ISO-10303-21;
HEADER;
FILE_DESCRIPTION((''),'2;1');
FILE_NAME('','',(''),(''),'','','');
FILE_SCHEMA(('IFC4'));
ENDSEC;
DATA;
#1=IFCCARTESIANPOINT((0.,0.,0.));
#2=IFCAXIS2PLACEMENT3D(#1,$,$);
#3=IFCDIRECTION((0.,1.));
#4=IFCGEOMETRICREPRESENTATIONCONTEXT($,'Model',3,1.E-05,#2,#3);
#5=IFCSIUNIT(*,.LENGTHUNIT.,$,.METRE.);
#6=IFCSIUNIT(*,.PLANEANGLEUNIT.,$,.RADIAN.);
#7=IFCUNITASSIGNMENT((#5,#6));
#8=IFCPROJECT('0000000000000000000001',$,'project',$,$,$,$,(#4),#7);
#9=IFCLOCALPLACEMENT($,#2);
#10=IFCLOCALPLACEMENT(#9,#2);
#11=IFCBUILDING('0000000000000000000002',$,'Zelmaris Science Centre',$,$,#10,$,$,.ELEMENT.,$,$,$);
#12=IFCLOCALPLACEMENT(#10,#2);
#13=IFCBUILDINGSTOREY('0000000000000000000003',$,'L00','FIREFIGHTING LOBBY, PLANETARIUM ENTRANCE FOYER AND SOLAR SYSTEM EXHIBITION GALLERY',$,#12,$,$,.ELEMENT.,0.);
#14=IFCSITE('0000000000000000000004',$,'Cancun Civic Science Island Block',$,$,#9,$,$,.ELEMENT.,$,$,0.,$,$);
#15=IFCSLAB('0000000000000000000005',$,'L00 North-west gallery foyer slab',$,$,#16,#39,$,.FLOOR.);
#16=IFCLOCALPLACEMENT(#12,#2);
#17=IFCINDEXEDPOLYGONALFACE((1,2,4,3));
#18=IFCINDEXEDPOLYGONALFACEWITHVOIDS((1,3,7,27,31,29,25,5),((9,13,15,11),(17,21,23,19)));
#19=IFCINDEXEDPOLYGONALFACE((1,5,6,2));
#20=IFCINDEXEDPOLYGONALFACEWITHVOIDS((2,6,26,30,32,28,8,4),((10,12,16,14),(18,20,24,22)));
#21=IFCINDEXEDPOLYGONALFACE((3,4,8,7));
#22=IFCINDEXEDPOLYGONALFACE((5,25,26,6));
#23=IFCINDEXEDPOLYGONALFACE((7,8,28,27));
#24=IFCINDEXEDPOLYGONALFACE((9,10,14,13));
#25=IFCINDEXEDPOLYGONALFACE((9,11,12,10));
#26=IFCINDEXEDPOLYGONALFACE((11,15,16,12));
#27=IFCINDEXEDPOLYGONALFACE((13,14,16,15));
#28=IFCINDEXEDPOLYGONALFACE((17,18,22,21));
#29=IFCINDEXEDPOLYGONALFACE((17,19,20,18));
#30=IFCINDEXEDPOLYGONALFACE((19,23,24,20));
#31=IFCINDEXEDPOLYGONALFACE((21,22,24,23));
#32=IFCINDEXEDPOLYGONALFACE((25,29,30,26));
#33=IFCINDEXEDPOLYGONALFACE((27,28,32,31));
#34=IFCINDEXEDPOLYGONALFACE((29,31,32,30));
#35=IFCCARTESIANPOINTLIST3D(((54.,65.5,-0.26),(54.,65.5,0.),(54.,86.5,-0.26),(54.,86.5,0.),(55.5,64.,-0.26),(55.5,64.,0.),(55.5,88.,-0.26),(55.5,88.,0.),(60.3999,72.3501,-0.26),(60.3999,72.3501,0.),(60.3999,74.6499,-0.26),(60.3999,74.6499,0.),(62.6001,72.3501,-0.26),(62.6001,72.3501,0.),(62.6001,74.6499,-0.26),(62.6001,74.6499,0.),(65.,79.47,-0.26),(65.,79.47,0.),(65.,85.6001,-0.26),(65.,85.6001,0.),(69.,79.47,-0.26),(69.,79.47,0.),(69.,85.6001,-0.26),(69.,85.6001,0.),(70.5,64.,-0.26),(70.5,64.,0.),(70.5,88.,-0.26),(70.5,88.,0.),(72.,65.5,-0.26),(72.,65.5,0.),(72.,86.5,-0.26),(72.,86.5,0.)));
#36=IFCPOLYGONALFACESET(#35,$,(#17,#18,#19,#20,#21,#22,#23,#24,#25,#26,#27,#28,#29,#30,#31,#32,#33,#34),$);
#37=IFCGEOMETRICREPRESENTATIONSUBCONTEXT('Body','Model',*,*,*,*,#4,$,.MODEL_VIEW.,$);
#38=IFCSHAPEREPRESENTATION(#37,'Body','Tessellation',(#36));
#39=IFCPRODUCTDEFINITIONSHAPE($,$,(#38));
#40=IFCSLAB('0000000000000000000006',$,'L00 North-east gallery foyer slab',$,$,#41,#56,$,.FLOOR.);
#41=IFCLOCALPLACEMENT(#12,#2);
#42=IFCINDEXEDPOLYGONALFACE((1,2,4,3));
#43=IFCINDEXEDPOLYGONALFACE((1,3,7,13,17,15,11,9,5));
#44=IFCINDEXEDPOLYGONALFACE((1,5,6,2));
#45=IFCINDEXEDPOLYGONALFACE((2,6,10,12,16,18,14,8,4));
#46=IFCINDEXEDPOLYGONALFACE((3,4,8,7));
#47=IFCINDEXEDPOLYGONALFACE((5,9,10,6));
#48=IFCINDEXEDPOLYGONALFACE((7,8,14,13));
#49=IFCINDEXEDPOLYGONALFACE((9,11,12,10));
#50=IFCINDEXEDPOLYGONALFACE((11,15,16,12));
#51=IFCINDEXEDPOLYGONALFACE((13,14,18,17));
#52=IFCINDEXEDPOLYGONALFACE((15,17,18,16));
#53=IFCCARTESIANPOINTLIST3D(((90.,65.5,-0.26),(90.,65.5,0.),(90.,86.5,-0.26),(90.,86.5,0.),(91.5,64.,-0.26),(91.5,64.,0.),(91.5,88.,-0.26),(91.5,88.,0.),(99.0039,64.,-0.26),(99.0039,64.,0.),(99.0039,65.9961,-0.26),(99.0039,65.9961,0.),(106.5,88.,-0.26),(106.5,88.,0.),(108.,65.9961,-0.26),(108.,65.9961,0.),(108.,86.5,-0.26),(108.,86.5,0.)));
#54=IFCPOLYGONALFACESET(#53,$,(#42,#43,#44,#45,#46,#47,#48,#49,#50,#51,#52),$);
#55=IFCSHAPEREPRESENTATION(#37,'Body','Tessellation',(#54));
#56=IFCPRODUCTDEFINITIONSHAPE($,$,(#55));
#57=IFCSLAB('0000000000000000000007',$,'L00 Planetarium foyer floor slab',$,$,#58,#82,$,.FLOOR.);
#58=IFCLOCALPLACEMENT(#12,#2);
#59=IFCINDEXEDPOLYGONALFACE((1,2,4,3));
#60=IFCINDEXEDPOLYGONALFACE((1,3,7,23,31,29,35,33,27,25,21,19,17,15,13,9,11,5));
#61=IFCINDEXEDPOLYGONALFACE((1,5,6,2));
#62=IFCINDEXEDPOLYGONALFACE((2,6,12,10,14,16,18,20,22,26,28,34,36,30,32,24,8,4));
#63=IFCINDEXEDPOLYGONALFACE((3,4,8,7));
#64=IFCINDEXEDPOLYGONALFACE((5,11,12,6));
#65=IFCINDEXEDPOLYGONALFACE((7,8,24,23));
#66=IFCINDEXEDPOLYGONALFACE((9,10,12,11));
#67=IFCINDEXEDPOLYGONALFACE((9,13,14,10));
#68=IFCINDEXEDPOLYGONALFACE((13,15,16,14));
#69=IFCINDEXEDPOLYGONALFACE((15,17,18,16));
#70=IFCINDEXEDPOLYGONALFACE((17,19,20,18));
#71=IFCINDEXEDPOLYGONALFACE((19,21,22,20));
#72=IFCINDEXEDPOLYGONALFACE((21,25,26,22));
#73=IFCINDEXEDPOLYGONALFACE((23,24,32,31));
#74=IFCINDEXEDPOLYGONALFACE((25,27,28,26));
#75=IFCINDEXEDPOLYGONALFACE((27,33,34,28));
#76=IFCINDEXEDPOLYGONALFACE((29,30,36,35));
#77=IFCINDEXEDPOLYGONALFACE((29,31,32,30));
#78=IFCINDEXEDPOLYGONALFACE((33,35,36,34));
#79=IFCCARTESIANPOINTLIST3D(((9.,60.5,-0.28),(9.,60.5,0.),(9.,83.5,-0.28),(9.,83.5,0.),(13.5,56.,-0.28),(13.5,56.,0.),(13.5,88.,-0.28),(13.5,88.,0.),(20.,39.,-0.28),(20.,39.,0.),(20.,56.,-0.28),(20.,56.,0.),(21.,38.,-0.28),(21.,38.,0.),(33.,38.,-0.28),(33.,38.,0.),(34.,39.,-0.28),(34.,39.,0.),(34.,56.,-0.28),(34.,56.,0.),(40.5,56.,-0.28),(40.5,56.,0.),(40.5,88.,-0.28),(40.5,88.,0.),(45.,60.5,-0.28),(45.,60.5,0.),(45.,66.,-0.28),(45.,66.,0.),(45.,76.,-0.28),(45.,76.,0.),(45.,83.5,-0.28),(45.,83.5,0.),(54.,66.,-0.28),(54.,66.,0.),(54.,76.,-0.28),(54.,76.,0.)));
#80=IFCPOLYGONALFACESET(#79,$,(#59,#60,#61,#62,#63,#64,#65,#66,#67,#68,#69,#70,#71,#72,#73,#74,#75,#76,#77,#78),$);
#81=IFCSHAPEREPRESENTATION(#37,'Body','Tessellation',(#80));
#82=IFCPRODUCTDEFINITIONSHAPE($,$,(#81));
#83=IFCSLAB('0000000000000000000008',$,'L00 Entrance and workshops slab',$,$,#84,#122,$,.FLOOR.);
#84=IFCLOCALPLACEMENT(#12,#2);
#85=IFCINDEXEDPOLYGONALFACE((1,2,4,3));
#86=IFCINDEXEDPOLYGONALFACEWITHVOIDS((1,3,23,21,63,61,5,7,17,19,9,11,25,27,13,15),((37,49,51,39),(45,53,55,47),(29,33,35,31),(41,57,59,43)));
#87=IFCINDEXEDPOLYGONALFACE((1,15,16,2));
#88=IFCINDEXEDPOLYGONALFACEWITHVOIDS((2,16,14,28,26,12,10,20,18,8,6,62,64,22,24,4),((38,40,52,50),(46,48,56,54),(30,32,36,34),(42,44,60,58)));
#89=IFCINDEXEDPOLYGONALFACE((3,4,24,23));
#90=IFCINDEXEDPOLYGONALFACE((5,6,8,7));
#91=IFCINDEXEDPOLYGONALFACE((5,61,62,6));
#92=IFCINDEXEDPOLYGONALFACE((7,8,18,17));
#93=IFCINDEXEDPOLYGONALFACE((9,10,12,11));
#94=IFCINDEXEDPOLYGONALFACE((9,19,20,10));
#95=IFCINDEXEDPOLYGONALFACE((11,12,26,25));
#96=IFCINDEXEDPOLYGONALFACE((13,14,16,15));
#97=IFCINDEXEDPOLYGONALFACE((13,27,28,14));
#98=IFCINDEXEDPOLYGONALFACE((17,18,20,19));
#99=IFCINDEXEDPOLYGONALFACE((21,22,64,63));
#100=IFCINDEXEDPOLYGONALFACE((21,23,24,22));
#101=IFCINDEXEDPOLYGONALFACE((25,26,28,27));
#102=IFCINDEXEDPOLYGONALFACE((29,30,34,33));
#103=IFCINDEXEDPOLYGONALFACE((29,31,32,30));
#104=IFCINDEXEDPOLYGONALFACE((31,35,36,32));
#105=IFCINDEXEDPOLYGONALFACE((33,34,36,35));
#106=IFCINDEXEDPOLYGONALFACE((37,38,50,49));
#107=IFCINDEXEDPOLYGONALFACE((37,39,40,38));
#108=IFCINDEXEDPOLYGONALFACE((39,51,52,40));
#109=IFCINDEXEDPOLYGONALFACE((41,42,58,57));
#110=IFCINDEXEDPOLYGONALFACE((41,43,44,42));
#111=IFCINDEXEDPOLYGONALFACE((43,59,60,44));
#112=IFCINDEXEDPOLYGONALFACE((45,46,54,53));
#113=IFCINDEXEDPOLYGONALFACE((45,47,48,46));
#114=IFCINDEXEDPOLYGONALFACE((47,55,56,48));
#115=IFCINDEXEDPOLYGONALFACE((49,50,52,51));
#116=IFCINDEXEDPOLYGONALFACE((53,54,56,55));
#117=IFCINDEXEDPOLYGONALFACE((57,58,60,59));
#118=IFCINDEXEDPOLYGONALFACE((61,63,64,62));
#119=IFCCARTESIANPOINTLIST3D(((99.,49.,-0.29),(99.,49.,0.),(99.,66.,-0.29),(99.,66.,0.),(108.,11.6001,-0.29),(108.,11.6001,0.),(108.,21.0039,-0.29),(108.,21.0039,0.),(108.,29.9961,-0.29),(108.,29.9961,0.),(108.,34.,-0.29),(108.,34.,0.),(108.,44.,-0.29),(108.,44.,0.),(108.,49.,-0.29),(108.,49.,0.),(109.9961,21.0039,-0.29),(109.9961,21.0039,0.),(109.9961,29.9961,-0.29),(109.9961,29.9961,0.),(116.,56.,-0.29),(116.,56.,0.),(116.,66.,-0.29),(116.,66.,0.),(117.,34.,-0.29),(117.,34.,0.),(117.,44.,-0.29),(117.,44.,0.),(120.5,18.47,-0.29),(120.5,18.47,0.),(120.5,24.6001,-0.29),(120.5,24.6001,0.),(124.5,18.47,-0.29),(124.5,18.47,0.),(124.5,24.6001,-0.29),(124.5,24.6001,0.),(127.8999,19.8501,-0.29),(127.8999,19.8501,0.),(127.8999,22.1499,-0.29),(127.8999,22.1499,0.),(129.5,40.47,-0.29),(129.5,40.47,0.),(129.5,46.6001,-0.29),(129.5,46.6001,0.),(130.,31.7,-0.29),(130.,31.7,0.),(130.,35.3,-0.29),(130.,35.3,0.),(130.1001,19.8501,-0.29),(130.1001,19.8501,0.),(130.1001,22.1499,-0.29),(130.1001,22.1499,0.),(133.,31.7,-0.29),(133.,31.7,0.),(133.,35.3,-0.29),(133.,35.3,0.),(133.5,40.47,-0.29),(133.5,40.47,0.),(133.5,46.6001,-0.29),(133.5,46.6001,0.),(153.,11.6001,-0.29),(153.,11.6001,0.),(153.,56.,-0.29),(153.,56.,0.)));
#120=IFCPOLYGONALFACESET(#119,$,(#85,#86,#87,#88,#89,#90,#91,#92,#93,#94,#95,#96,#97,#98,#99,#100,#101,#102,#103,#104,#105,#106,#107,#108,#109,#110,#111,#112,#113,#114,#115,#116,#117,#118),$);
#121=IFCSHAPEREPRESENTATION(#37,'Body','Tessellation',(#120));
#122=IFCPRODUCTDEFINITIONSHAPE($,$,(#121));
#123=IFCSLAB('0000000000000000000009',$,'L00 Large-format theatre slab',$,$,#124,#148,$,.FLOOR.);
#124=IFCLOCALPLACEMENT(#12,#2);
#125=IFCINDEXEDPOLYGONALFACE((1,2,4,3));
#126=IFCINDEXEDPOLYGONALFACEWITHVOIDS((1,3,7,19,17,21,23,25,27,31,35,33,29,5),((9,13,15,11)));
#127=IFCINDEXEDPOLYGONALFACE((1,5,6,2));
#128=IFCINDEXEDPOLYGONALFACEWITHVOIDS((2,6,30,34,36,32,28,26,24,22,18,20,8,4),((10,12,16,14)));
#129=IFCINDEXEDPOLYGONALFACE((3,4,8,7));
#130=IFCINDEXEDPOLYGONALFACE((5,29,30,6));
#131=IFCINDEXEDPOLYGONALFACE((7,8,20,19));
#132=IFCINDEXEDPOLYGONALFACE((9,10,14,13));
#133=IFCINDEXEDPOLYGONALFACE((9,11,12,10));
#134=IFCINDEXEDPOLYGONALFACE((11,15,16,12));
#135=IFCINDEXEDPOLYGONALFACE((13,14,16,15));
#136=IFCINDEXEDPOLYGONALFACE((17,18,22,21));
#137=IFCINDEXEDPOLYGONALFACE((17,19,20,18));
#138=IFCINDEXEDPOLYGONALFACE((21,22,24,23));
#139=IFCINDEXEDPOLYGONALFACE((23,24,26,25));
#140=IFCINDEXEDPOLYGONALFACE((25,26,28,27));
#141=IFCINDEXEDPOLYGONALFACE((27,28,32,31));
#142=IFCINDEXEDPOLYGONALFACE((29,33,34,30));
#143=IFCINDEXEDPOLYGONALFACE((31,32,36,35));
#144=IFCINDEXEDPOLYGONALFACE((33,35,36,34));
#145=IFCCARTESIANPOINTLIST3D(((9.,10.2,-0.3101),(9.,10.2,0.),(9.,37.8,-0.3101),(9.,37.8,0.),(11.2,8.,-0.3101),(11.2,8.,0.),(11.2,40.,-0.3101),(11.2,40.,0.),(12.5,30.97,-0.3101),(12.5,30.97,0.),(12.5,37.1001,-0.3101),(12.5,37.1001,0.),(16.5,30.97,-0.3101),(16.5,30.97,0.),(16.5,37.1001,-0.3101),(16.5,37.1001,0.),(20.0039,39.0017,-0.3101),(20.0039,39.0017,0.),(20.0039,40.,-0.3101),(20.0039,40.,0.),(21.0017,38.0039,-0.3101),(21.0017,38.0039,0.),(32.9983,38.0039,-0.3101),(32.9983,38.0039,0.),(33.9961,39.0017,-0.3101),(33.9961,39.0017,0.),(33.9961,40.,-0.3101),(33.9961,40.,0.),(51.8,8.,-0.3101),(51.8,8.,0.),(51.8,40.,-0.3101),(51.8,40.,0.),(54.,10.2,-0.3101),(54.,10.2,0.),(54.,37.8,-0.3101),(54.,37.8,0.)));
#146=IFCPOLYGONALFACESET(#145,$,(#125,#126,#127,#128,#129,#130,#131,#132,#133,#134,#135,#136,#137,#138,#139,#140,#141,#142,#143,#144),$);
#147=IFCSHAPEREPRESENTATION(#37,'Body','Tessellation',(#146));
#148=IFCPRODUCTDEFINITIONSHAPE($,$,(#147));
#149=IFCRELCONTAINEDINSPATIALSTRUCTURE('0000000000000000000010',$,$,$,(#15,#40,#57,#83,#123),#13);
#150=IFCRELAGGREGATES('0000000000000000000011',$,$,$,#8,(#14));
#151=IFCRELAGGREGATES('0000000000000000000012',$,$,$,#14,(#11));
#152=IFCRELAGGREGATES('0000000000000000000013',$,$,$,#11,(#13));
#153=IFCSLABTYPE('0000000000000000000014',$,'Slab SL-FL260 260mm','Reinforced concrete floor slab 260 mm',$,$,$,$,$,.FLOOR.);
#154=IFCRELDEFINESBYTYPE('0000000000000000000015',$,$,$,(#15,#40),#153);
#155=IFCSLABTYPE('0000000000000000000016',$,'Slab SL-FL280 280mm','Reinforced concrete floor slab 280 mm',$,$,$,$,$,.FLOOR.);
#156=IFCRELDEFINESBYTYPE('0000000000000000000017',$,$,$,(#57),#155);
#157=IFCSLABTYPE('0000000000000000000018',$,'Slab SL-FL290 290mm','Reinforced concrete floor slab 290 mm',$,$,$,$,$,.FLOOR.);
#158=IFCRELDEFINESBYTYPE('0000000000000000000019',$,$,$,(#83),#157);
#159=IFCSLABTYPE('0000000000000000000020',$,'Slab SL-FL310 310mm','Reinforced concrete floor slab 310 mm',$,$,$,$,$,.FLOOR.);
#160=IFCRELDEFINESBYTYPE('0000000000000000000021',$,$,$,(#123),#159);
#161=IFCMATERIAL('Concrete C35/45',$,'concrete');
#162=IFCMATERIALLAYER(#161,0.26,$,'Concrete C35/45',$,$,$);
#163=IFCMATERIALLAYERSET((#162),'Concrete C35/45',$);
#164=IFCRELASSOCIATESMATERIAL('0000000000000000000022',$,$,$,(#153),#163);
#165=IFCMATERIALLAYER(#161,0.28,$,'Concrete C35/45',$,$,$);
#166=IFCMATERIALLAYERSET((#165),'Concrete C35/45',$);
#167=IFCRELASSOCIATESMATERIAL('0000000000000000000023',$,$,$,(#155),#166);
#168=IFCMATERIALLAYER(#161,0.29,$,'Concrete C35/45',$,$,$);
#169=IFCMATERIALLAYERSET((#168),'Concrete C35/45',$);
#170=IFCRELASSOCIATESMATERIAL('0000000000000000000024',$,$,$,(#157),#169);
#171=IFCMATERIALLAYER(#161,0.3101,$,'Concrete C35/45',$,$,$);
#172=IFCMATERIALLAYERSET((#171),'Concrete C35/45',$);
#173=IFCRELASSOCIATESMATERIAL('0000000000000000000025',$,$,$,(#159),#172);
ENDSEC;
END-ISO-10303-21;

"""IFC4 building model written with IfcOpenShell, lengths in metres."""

from ifc_helpers import new_model, si_unit, direction, frame, origin, place, context, subcontext, project, spatial, polyline, outline, extrude, material, layer, layer_set, type_object, element, save


model = new_model("IFC4")

# Units and contexts
model_context = context("Model", 3, precision=1e-05, world=origin(), true_north=direction((0.0, 1.0)))
body_context = subcontext(model_context, "Body", "Model", "MODEL_VIEW")
ifc_project = project(units=[si_unit("LENGTHUNIT", "METRE"), si_unit("PLANEANGLEUNIT", "RADIAN")], contexts=[model_context])

# Site, building, storey
site_placement = place(None, origin())
site = spatial("IfcSite", under=ifc_project, at=site_placement, Name="Cancun Civic Science Island Block", CompositionType="ELEMENT", RefElevation=0.0)
building_placement = place(site_placement, origin())
building = spatial("IfcBuilding", under=site, at=building_placement, Name="Zelmaris Science Centre", CompositionType="ELEMENT")
storey_placement = place(building_placement, origin())
storey = spatial("IfcBuildingStorey", under=building, at=storey_placement, Name="L00", Description="FIREFIGHTING LOBBY, PLANETARIUM ENTRANCE FOYER AND SOLAR SYSTEM EXHIBITION GALLERY", CompositionType="ELEMENT", Elevation=0.0)

# Slabs
ifc_material_1 = material(Name="Concrete C35/45", Category="concrete")
ifc_layer_1 = layer(ifc_material_1, 0.26, Name="Concrete C35/45")
ifc_layer_set_1 = layer_set([ifc_layer_1], Name="Concrete C35/45")
slab_type_1 = type_object("IfcSlabType", Name="Slab SL-FL260 260mm", Description="Reinforced concrete floor slab 260 mm", PredefinedType="FLOOR", material=ifc_layer_set_1)
slab_1_placement = place(storey_placement, frame((0.0, 0.0, -0.26)))
element("IfcSlab", 1, at=slab_1_placement, inside=storey, type_object=slab_type_1, Name="L00 North-west gallery foyer slab", PredefinedType="FLOOR", context=body_context, shape_type="SweptSolid", body=[
    extrude(outline(polyline([(54.0, 65.5), (54.0, 86.5), (55.5, 88.0), (70.5, 88.0), (72.0, 86.5), (72.0, 65.5), (70.5, 64.0), (55.5, 64.0), (54.0, 65.5)]), holes=[polyline([(69.0, 79.47), (69.0, 85.6001), (65.0, 85.6001), (65.0, 79.47), (69.0, 79.47)]), polyline([(60.3999, 72.3501), (62.6001, 72.3501), (62.6001, 74.6499), (60.3999, 74.6499), (60.3999, 72.3501)])]), origin(), (0.0, 0.0, 1.0), 0.26),
])
slab_2_placement = place(storey_placement, frame((0.0, 0.0, -0.26)))
element("IfcSlab", 2, at=slab_2_placement, inside=storey, type_object=slab_type_1, Name="L00 North-east gallery foyer slab", PredefinedType="FLOOR", context=body_context, shape_type="SweptSolid", body=[
    extrude(outline(polyline([(91.5, 64.0), (90.0, 65.5), (90.0, 86.5), (91.5, 88.0), (106.5, 88.0), (108.0, 86.5), (108.0, 65.9961), (99.0039, 65.9961), (99.0039, 64.0), (91.5, 64.0)])), origin(), (0.0, 0.0, 1.0), 0.26),
])
ifc_layer_2 = layer(ifc_material_1, 0.28, Name="Concrete C35/45")
ifc_layer_set_2 = layer_set([ifc_layer_2], Name="Concrete C35/45")
slab_type_2 = type_object("IfcSlabType", Name="Slab SL-FL280 280mm", Description="Reinforced concrete floor slab 280 mm", PredefinedType="FLOOR", material=ifc_layer_set_2)
slab_3_placement = place(storey_placement, frame((0.0, 0.0, -0.28)))
element("IfcSlab", 3, at=slab_3_placement, inside=storey, type_object=slab_type_2, Name="L00 Planetarium foyer floor slab", PredefinedType="FLOOR", context=body_context, shape_type="SweptSolid", body=[
    extrude(outline(polyline([(9.0, 83.5), (13.5, 88.0), (40.5, 88.0), (45.0, 83.5), (45.0, 76.0), (54.0, 76.0), (54.0, 66.0), (45.0, 66.0), (45.0, 60.5), (40.5, 56.0), (34.0, 56.0), (34.0, 39.0), (33.0, 38.0), (21.0, 38.0), (20.0, 39.0), (20.0, 56.0), (13.5, 56.0), (9.0, 60.5), (9.0, 83.5)])), origin(), (0.0, 0.0, 1.0), 0.28),
])
ifc_layer_3 = layer(ifc_material_1, 0.29, Name="Concrete C35/45")
ifc_layer_set_3 = layer_set([ifc_layer_3], Name="Concrete C35/45")
slab_type_3 = type_object("IfcSlabType", Name="Slab SL-FL290 290mm", Description="Reinforced concrete floor slab 290 mm", PredefinedType="FLOOR", material=ifc_layer_set_3)
slab_4_placement = place(storey_placement, frame((0.0, 0.0, -0.29)))
element("IfcSlab", 4, at=slab_4_placement, inside=storey, type_object=slab_type_3, Name="L00 Entrance and workshops slab", PredefinedType="FLOOR", context=body_context, shape_type="SweptSolid", body=[
    extrude(outline(polyline([(153.0, 11.6001), (108.0, 11.6001), (108.0, 21.0039), (109.9961, 21.0039), (109.9961, 29.9961), (108.0, 29.9961), (108.0, 34.0), (117.0, 34.0), (117.0, 44.0), (108.0, 44.0), (108.0, 49.0), (99.0, 49.0), (99.0, 66.0), (116.0, 66.0), (116.0, 56.0), (153.0, 56.0), (153.0, 11.6001)]), holes=[polyline([(124.5, 18.47), (124.5, 24.6001), (120.5, 24.6001), (120.5, 18.47), (124.5, 18.47)]), polyline([(133.5, 40.47), (133.5, 46.6001), (129.5, 46.6001), (129.5, 40.47), (133.5, 40.47)]), polyline([(127.8999, 19.8501), (130.1001, 19.8501), (130.1001, 22.1499), (127.8999, 22.1499), (127.8999, 19.8501)]), polyline([(130.0, 31.7), (133.0, 31.7), (133.0, 35.3), (130.0, 35.3), (130.0, 31.7)])]), origin(), (0.0, 0.0, 1.0), 0.29),
])
ifc_layer_4 = layer(ifc_material_1, 0.3101, Name="Concrete C35/45")
ifc_layer_set_4 = layer_set([ifc_layer_4], Name="Concrete C35/45")
slab_type_4 = type_object("IfcSlabType", Name="Slab SL-FL310 310mm", Description="Reinforced concrete floor slab 310 mm", PredefinedType="FLOOR", material=ifc_layer_set_4)
slab_5_placement = place(storey_placement, frame((0.0, 0.0, -0.3101)))
element("IfcSlab", 5, at=slab_5_placement, inside=storey, type_object=slab_type_4, Name="L00 Large-format theatre slab", PredefinedType="FLOOR", context=body_context, shape_type="SweptSolid", body=[
    extrude(outline(polyline([(51.8, 40.0), (54.0, 37.8), (54.0, 10.2), (51.8, 8.0), (11.2, 8.0), (9.0, 10.2), (9.0, 37.8), (11.2, 40.0), (20.0039, 40.0), (20.0039, 39.0017), (21.0017, 38.0039), (32.9983, 38.0039), (33.9961, 39.0017), (33.9961, 40.0), (51.8, 40.0)]), holes=[polyline([(16.5, 30.97), (16.5, 37.1001), (12.5, 37.1001), (12.5, 30.97), (16.5, 30.97)])]), origin(), (0.0, 0.0, 1.0), 0.3101),
])

save(model, "model.ifc")
